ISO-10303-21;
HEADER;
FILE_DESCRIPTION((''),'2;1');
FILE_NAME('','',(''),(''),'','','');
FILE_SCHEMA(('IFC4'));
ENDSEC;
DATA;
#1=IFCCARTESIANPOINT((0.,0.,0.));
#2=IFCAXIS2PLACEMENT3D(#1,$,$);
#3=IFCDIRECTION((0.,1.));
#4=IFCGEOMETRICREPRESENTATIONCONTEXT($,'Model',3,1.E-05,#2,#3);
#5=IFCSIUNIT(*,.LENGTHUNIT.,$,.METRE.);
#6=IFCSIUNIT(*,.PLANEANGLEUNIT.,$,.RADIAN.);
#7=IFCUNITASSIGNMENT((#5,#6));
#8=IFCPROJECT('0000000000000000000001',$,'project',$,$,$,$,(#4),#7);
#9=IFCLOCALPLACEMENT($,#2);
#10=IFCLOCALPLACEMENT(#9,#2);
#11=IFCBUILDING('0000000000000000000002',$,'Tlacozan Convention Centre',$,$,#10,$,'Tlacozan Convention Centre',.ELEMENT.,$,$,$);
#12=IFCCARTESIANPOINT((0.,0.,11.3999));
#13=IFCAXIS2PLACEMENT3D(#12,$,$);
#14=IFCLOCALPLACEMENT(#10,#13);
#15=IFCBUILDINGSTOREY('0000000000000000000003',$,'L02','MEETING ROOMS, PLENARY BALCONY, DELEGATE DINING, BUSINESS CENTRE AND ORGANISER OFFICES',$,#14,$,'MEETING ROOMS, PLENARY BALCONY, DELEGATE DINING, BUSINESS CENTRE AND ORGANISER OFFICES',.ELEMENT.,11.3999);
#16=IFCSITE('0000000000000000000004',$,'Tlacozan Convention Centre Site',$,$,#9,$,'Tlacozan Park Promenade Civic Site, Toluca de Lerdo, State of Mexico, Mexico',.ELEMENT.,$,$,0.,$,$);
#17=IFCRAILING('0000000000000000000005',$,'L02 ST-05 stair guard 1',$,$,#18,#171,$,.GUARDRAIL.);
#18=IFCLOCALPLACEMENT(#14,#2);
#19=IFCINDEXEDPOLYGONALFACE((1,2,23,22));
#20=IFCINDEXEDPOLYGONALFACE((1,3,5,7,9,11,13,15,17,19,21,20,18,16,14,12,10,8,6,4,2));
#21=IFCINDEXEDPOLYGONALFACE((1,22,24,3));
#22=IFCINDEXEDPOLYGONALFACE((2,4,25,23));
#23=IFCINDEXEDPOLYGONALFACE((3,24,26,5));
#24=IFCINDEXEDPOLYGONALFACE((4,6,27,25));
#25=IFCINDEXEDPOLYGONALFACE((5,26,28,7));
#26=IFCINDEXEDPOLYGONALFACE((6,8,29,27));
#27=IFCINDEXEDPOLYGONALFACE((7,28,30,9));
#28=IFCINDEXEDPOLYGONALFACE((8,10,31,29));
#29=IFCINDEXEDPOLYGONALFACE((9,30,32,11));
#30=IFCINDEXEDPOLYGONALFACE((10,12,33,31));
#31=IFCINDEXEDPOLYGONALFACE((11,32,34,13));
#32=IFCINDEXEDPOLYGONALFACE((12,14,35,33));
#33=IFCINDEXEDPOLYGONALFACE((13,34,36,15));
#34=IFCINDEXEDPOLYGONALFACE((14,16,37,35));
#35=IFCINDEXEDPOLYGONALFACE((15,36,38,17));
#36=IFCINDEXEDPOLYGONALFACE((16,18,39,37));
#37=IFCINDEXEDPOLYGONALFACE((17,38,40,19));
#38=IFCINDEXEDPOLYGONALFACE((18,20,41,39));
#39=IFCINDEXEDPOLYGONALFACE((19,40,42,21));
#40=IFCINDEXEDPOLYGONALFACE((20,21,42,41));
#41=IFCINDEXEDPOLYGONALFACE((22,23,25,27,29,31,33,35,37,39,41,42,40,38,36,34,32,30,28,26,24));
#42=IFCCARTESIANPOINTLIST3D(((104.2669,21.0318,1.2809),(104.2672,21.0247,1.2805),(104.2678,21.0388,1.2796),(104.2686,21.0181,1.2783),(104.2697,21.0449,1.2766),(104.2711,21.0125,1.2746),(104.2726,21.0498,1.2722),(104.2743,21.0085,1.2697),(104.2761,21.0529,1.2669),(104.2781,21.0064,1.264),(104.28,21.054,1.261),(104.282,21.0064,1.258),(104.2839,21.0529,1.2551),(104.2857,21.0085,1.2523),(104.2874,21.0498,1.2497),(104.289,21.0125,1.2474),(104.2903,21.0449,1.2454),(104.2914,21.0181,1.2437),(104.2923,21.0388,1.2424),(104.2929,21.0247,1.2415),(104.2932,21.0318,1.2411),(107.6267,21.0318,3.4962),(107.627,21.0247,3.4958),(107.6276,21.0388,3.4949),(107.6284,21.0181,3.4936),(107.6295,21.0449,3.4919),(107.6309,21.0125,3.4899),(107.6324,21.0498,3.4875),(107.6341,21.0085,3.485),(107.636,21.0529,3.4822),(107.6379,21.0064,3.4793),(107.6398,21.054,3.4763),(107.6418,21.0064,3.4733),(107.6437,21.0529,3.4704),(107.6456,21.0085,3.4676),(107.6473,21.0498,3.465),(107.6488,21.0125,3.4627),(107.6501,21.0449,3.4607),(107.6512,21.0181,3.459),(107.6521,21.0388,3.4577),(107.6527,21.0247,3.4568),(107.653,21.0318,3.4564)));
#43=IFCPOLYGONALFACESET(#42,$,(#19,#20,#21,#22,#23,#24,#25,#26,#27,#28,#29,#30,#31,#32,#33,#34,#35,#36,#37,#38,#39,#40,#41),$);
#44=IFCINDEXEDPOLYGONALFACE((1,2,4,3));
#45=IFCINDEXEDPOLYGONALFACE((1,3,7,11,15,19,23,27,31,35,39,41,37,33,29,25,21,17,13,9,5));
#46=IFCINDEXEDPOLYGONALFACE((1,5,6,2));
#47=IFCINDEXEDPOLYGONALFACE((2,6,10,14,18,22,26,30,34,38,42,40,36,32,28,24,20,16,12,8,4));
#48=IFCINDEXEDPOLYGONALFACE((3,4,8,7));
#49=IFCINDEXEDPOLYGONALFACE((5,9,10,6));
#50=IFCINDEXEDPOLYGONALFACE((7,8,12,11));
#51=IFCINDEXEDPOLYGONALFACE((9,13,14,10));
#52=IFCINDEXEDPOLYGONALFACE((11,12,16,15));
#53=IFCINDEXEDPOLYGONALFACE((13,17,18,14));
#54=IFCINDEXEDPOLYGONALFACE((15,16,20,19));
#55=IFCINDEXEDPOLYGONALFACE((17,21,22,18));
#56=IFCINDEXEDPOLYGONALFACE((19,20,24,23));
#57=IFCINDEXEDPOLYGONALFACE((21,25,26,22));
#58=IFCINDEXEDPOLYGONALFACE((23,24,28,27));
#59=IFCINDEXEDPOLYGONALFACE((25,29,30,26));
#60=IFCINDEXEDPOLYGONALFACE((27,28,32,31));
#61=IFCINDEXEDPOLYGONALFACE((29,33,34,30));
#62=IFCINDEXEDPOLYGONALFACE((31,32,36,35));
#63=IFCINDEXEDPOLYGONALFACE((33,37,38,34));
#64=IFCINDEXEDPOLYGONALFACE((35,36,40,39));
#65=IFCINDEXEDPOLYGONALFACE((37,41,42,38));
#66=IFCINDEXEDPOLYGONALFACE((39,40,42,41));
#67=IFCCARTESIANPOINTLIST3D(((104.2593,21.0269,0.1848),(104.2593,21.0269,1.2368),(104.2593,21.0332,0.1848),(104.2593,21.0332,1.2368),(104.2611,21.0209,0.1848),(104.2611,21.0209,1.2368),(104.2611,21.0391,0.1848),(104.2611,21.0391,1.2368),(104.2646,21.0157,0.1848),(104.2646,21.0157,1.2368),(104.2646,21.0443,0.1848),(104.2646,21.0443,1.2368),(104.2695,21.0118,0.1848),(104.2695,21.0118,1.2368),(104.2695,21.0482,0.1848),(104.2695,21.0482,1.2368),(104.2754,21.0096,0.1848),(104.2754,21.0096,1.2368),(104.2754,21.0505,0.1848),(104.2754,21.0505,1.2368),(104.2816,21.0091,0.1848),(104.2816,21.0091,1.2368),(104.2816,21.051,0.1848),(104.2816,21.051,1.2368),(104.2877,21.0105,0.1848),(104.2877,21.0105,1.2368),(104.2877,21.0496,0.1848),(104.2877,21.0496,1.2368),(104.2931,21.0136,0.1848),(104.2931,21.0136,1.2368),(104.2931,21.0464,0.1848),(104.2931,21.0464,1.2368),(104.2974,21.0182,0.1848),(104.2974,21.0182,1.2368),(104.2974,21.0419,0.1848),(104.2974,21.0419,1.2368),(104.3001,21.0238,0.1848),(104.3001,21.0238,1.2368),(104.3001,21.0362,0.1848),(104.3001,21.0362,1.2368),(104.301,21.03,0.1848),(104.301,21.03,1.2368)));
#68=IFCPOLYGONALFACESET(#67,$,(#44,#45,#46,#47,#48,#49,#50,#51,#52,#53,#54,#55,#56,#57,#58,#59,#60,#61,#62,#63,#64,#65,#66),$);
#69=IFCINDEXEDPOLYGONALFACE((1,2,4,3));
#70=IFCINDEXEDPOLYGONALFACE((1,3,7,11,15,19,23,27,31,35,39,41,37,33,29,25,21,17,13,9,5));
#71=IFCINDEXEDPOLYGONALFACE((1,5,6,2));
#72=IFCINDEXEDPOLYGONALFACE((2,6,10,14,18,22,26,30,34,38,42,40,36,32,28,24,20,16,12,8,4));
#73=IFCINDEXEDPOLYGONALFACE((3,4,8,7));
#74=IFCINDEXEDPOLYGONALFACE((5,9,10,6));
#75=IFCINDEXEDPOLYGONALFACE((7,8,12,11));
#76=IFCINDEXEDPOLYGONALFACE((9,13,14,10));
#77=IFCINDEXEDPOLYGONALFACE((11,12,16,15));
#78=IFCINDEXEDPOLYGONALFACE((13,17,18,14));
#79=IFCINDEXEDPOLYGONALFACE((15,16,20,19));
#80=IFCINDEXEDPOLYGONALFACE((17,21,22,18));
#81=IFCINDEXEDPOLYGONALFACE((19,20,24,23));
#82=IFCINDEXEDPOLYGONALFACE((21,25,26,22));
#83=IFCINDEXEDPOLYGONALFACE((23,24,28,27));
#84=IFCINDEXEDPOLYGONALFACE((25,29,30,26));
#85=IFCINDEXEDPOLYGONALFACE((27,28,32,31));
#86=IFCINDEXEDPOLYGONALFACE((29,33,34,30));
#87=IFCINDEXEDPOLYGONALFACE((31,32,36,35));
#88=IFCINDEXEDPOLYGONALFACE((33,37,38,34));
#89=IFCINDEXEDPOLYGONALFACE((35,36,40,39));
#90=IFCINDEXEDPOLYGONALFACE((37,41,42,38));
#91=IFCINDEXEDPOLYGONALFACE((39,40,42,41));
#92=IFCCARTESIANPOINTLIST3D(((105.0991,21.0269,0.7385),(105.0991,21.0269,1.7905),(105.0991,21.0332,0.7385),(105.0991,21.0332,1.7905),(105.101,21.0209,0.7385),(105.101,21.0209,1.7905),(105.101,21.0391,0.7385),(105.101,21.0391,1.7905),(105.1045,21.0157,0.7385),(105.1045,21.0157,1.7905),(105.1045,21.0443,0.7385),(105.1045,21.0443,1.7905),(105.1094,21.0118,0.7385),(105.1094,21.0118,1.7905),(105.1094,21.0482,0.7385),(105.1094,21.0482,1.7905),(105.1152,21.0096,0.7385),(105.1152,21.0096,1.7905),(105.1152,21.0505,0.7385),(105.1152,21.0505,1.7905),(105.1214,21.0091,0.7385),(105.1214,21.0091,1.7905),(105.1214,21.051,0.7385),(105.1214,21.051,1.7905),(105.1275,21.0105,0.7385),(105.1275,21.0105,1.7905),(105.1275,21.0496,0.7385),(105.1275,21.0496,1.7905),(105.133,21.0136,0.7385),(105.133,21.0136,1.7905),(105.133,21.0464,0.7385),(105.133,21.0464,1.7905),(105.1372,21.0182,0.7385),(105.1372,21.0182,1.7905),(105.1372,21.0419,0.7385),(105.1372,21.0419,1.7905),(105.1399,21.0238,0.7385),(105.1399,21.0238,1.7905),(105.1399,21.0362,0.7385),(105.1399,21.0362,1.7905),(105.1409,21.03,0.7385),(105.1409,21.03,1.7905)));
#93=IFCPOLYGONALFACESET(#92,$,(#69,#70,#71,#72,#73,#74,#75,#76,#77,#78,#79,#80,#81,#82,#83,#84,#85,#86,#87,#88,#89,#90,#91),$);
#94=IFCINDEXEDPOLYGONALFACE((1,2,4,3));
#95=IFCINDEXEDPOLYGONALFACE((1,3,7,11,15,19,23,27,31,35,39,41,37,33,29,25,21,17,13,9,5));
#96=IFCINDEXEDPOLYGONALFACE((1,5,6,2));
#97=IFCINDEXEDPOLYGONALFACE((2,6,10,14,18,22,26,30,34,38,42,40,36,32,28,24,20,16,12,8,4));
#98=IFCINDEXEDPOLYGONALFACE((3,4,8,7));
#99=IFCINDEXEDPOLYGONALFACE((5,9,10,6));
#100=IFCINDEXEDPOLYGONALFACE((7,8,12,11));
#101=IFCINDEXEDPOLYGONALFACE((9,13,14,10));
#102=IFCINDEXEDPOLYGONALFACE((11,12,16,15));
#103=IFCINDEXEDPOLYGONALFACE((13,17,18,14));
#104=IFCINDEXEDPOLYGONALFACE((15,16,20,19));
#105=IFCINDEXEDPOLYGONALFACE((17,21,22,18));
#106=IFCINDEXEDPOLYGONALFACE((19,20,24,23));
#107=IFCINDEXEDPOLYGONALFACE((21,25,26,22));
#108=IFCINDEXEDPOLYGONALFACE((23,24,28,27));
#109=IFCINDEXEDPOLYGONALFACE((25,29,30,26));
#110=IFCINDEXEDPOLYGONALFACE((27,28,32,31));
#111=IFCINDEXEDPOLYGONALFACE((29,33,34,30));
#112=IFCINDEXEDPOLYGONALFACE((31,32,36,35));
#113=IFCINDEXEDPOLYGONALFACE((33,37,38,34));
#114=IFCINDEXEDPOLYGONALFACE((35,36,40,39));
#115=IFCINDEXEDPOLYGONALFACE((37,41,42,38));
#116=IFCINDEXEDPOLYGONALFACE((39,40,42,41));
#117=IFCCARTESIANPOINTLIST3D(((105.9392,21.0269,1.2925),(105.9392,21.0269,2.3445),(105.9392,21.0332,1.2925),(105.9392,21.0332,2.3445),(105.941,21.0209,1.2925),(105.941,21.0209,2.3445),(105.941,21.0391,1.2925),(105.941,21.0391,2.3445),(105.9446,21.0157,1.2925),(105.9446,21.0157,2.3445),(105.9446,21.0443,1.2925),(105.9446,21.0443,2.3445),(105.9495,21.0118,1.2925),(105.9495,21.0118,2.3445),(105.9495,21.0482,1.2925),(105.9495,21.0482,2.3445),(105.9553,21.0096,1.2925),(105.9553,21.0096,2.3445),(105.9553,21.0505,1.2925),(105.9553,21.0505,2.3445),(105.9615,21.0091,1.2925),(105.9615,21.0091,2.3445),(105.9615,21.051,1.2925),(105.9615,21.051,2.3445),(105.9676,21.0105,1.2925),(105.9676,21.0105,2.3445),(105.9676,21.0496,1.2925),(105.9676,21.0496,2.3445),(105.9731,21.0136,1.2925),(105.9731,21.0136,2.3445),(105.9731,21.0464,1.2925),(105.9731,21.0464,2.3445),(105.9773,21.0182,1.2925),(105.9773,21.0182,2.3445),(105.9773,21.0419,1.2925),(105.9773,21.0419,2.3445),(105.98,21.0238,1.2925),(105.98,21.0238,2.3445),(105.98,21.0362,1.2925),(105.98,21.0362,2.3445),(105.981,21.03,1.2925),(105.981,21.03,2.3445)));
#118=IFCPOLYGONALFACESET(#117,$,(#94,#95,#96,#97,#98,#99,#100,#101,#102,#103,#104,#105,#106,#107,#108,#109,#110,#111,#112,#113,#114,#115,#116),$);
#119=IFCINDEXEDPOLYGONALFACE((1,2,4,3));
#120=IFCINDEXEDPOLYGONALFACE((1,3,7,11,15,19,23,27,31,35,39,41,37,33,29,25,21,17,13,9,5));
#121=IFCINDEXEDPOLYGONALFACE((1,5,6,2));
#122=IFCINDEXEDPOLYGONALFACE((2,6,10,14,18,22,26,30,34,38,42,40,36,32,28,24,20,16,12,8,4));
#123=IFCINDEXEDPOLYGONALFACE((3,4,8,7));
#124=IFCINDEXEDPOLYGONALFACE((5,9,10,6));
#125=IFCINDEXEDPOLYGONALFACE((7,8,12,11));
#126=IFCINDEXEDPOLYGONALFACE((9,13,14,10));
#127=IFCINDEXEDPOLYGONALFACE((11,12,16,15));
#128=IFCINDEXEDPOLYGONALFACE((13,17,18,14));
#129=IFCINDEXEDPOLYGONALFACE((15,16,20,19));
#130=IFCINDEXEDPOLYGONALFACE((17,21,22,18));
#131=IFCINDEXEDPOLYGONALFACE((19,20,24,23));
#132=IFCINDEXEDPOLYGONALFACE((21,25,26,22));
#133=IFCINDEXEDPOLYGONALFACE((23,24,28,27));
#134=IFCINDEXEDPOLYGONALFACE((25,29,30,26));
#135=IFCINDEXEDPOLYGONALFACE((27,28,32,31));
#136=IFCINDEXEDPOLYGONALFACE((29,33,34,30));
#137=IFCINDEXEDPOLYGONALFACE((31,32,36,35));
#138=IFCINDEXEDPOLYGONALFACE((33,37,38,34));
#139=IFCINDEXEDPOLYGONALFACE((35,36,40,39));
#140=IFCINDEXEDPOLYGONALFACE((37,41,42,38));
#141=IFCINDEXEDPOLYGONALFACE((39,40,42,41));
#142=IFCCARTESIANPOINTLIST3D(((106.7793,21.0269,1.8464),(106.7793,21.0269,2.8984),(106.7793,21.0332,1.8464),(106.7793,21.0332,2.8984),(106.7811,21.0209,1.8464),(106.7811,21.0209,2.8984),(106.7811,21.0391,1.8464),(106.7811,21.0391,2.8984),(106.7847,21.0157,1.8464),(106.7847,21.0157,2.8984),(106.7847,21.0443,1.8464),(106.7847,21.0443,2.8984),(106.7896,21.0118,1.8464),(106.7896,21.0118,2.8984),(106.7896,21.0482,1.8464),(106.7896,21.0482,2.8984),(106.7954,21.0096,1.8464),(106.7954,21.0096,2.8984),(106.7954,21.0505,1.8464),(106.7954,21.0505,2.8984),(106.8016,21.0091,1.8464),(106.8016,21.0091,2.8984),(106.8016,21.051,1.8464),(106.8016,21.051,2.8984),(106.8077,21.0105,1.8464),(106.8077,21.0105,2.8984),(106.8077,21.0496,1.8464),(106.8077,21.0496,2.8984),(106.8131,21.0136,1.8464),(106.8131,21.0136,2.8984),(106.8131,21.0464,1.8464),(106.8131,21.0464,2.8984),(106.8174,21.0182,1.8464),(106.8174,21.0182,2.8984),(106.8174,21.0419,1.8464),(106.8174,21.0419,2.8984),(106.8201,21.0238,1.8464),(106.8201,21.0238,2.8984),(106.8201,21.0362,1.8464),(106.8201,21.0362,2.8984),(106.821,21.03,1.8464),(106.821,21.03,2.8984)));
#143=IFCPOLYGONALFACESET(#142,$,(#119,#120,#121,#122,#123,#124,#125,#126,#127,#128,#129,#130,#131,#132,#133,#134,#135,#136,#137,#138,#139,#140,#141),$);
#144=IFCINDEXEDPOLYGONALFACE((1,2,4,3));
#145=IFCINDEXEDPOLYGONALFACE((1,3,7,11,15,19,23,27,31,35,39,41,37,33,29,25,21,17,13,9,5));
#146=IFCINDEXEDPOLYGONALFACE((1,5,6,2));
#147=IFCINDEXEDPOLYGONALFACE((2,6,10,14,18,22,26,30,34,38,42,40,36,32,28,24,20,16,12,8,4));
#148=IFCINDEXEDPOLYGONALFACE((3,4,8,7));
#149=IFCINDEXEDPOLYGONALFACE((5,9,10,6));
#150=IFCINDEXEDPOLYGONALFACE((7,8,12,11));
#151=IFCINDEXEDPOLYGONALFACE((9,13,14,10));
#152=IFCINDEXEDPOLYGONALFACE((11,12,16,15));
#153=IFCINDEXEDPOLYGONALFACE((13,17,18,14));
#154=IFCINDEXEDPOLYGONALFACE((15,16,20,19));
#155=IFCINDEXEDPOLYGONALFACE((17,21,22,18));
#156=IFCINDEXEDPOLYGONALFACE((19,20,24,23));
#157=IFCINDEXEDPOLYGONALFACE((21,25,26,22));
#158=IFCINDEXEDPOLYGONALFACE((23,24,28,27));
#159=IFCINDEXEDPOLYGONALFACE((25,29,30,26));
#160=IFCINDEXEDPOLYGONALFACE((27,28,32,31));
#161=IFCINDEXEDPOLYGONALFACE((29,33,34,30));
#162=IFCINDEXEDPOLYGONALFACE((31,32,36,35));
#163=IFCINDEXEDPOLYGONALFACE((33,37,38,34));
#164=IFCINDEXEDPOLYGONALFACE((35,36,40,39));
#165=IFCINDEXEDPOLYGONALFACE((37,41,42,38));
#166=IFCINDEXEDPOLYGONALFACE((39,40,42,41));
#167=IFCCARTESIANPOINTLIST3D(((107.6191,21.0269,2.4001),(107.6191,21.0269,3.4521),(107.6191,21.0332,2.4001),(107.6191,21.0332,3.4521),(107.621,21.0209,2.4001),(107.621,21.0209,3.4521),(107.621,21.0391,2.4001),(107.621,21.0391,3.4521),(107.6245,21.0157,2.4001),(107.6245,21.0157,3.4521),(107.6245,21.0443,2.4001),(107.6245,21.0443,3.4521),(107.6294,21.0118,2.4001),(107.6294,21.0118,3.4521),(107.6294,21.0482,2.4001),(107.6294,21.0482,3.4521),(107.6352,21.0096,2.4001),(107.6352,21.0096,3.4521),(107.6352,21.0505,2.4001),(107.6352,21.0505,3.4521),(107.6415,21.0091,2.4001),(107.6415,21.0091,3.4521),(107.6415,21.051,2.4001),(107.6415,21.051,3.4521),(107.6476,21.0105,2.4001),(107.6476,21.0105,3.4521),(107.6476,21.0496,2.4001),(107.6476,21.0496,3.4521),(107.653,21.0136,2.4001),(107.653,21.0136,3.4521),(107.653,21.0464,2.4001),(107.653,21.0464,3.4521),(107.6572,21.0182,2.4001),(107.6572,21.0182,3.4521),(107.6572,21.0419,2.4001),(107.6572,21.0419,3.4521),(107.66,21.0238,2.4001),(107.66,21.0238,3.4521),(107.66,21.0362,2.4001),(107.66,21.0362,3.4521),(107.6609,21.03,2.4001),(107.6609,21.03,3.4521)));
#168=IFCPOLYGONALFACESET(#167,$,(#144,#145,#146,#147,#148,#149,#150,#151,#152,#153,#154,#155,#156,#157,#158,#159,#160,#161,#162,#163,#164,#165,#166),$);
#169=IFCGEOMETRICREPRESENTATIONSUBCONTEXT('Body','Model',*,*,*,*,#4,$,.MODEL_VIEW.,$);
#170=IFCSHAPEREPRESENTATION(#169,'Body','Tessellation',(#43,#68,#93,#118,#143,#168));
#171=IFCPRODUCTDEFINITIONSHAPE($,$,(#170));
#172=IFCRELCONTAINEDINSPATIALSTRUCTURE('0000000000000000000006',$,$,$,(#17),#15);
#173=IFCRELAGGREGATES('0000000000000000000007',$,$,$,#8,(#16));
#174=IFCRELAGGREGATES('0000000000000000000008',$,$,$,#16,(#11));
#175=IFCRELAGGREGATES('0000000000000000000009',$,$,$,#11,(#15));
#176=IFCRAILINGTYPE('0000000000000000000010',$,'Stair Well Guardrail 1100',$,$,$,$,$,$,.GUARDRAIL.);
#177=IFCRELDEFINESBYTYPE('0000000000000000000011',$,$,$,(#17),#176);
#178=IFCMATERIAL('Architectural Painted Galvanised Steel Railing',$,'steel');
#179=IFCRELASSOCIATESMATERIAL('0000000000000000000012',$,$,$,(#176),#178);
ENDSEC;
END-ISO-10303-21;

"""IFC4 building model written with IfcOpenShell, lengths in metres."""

from ifc_helpers import new_model, si_unit, direction, frame, origin, origin_2d, place, context, subcontext, project, spatial, circle, extrude, material, type_object, element, save


model = new_model("IFC4")

# Units and contexts
model_context = context("Model", 3, precision=1e-05, world=origin(), true_north=direction((0.0, 1.0)))
body_context = subcontext(model_context, "Body", "Model", "MODEL_VIEW")
ifc_project = project(units=[si_unit("LENGTHUNIT", "METRE"), si_unit("PLANEANGLEUNIT", "RADIAN")], contexts=[model_context])

# Site, building, storey
site_placement = place(None, origin())
site = spatial("IfcSite", under=ifc_project, at=site_placement, Name="Tlacozan Convention Centre Site", LongName="Tlacozan Park Promenade Civic Site, Toluca de Lerdo, State of Mexico, Mexico", CompositionType="ELEMENT", RefElevation=0.0)
building_placement = place(site_placement, origin())
building = spatial("IfcBuilding", under=site, at=building_placement, Name="Tlacozan Convention Centre", LongName="Tlacozan Convention Centre", CompositionType="ELEMENT")
storey_placement = place(building_placement, frame((0.0, 0.0, 11.3999)))
storey = spatial("IfcBuildingStorey", under=building, at=storey_placement, Name="L02", Description="MEETING ROOMS, PLENARY BALCONY, DELEGATE DINING, BUSINESS CENTRE AND ORGANISER OFFICES", LongName="MEETING ROOMS, PLENARY BALCONY, DELEGATE DINING, BUSINESS CENTRE AND ORGANISER OFFICES", CompositionType="ELEMENT", Elevation=11.3999)

# Railing
ifc_material_1 = material(Name="Architectural Painted Galvanised Steel Railing", Category="steel")
railing_type_1 = type_object("IfcRailingType", Name="Stair Well Guardrail 1100", PredefinedType="GUARDRAIL", material=ifc_material_1)
railing_1_placement = place(storey_placement, frame((104.28, 21.03, 0.1848)))
element("IfcRailing", 1, at=railing_1_placement, inside=storey, type_object=railing_type_1, Name="L02 ST-05 stair guard 1", PredefinedType="GUARDRAIL", context=body_context, shape_type="SweptSolid", body=[
    extrude(circle(Radius=0.0239, at=origin_2d()), frame((0.0, 0.0, 1.0762), z_axis=(0.834858, 0.0, 0.550465), x_axis=(0.0, 1.0, 0.0)), (0.0, 0.0, 1.0), 4.0244),
    extrude(circle(Radius=0.021, at=origin_2d()), origin(), (0.0, 0.0, 1.0), 1.052),
    extrude(circle(Radius=0.021, at=origin_2d()), frame((0.8398, 0.0, 0.5537)), (0.0, 0.0, 1.0), 1.052),
    extrude(circle(Radius=0.021, at=origin_2d()), frame((1.6799, 0.0, 1.1077)), (0.0, 0.0, 1.0), 1.052),
    extrude(circle(Radius=0.021, at=origin_2d()), frame((2.52, 0.0, 1.6616)), (0.0, 0.0, 1.0), 1.052),
    extrude(circle(Radius=0.021, at=origin_2d()), frame((3.3599, 0.0, 2.2153)), (0.0, 0.0, 1.0), 1.052),
])

save(model, "model.ifc")
